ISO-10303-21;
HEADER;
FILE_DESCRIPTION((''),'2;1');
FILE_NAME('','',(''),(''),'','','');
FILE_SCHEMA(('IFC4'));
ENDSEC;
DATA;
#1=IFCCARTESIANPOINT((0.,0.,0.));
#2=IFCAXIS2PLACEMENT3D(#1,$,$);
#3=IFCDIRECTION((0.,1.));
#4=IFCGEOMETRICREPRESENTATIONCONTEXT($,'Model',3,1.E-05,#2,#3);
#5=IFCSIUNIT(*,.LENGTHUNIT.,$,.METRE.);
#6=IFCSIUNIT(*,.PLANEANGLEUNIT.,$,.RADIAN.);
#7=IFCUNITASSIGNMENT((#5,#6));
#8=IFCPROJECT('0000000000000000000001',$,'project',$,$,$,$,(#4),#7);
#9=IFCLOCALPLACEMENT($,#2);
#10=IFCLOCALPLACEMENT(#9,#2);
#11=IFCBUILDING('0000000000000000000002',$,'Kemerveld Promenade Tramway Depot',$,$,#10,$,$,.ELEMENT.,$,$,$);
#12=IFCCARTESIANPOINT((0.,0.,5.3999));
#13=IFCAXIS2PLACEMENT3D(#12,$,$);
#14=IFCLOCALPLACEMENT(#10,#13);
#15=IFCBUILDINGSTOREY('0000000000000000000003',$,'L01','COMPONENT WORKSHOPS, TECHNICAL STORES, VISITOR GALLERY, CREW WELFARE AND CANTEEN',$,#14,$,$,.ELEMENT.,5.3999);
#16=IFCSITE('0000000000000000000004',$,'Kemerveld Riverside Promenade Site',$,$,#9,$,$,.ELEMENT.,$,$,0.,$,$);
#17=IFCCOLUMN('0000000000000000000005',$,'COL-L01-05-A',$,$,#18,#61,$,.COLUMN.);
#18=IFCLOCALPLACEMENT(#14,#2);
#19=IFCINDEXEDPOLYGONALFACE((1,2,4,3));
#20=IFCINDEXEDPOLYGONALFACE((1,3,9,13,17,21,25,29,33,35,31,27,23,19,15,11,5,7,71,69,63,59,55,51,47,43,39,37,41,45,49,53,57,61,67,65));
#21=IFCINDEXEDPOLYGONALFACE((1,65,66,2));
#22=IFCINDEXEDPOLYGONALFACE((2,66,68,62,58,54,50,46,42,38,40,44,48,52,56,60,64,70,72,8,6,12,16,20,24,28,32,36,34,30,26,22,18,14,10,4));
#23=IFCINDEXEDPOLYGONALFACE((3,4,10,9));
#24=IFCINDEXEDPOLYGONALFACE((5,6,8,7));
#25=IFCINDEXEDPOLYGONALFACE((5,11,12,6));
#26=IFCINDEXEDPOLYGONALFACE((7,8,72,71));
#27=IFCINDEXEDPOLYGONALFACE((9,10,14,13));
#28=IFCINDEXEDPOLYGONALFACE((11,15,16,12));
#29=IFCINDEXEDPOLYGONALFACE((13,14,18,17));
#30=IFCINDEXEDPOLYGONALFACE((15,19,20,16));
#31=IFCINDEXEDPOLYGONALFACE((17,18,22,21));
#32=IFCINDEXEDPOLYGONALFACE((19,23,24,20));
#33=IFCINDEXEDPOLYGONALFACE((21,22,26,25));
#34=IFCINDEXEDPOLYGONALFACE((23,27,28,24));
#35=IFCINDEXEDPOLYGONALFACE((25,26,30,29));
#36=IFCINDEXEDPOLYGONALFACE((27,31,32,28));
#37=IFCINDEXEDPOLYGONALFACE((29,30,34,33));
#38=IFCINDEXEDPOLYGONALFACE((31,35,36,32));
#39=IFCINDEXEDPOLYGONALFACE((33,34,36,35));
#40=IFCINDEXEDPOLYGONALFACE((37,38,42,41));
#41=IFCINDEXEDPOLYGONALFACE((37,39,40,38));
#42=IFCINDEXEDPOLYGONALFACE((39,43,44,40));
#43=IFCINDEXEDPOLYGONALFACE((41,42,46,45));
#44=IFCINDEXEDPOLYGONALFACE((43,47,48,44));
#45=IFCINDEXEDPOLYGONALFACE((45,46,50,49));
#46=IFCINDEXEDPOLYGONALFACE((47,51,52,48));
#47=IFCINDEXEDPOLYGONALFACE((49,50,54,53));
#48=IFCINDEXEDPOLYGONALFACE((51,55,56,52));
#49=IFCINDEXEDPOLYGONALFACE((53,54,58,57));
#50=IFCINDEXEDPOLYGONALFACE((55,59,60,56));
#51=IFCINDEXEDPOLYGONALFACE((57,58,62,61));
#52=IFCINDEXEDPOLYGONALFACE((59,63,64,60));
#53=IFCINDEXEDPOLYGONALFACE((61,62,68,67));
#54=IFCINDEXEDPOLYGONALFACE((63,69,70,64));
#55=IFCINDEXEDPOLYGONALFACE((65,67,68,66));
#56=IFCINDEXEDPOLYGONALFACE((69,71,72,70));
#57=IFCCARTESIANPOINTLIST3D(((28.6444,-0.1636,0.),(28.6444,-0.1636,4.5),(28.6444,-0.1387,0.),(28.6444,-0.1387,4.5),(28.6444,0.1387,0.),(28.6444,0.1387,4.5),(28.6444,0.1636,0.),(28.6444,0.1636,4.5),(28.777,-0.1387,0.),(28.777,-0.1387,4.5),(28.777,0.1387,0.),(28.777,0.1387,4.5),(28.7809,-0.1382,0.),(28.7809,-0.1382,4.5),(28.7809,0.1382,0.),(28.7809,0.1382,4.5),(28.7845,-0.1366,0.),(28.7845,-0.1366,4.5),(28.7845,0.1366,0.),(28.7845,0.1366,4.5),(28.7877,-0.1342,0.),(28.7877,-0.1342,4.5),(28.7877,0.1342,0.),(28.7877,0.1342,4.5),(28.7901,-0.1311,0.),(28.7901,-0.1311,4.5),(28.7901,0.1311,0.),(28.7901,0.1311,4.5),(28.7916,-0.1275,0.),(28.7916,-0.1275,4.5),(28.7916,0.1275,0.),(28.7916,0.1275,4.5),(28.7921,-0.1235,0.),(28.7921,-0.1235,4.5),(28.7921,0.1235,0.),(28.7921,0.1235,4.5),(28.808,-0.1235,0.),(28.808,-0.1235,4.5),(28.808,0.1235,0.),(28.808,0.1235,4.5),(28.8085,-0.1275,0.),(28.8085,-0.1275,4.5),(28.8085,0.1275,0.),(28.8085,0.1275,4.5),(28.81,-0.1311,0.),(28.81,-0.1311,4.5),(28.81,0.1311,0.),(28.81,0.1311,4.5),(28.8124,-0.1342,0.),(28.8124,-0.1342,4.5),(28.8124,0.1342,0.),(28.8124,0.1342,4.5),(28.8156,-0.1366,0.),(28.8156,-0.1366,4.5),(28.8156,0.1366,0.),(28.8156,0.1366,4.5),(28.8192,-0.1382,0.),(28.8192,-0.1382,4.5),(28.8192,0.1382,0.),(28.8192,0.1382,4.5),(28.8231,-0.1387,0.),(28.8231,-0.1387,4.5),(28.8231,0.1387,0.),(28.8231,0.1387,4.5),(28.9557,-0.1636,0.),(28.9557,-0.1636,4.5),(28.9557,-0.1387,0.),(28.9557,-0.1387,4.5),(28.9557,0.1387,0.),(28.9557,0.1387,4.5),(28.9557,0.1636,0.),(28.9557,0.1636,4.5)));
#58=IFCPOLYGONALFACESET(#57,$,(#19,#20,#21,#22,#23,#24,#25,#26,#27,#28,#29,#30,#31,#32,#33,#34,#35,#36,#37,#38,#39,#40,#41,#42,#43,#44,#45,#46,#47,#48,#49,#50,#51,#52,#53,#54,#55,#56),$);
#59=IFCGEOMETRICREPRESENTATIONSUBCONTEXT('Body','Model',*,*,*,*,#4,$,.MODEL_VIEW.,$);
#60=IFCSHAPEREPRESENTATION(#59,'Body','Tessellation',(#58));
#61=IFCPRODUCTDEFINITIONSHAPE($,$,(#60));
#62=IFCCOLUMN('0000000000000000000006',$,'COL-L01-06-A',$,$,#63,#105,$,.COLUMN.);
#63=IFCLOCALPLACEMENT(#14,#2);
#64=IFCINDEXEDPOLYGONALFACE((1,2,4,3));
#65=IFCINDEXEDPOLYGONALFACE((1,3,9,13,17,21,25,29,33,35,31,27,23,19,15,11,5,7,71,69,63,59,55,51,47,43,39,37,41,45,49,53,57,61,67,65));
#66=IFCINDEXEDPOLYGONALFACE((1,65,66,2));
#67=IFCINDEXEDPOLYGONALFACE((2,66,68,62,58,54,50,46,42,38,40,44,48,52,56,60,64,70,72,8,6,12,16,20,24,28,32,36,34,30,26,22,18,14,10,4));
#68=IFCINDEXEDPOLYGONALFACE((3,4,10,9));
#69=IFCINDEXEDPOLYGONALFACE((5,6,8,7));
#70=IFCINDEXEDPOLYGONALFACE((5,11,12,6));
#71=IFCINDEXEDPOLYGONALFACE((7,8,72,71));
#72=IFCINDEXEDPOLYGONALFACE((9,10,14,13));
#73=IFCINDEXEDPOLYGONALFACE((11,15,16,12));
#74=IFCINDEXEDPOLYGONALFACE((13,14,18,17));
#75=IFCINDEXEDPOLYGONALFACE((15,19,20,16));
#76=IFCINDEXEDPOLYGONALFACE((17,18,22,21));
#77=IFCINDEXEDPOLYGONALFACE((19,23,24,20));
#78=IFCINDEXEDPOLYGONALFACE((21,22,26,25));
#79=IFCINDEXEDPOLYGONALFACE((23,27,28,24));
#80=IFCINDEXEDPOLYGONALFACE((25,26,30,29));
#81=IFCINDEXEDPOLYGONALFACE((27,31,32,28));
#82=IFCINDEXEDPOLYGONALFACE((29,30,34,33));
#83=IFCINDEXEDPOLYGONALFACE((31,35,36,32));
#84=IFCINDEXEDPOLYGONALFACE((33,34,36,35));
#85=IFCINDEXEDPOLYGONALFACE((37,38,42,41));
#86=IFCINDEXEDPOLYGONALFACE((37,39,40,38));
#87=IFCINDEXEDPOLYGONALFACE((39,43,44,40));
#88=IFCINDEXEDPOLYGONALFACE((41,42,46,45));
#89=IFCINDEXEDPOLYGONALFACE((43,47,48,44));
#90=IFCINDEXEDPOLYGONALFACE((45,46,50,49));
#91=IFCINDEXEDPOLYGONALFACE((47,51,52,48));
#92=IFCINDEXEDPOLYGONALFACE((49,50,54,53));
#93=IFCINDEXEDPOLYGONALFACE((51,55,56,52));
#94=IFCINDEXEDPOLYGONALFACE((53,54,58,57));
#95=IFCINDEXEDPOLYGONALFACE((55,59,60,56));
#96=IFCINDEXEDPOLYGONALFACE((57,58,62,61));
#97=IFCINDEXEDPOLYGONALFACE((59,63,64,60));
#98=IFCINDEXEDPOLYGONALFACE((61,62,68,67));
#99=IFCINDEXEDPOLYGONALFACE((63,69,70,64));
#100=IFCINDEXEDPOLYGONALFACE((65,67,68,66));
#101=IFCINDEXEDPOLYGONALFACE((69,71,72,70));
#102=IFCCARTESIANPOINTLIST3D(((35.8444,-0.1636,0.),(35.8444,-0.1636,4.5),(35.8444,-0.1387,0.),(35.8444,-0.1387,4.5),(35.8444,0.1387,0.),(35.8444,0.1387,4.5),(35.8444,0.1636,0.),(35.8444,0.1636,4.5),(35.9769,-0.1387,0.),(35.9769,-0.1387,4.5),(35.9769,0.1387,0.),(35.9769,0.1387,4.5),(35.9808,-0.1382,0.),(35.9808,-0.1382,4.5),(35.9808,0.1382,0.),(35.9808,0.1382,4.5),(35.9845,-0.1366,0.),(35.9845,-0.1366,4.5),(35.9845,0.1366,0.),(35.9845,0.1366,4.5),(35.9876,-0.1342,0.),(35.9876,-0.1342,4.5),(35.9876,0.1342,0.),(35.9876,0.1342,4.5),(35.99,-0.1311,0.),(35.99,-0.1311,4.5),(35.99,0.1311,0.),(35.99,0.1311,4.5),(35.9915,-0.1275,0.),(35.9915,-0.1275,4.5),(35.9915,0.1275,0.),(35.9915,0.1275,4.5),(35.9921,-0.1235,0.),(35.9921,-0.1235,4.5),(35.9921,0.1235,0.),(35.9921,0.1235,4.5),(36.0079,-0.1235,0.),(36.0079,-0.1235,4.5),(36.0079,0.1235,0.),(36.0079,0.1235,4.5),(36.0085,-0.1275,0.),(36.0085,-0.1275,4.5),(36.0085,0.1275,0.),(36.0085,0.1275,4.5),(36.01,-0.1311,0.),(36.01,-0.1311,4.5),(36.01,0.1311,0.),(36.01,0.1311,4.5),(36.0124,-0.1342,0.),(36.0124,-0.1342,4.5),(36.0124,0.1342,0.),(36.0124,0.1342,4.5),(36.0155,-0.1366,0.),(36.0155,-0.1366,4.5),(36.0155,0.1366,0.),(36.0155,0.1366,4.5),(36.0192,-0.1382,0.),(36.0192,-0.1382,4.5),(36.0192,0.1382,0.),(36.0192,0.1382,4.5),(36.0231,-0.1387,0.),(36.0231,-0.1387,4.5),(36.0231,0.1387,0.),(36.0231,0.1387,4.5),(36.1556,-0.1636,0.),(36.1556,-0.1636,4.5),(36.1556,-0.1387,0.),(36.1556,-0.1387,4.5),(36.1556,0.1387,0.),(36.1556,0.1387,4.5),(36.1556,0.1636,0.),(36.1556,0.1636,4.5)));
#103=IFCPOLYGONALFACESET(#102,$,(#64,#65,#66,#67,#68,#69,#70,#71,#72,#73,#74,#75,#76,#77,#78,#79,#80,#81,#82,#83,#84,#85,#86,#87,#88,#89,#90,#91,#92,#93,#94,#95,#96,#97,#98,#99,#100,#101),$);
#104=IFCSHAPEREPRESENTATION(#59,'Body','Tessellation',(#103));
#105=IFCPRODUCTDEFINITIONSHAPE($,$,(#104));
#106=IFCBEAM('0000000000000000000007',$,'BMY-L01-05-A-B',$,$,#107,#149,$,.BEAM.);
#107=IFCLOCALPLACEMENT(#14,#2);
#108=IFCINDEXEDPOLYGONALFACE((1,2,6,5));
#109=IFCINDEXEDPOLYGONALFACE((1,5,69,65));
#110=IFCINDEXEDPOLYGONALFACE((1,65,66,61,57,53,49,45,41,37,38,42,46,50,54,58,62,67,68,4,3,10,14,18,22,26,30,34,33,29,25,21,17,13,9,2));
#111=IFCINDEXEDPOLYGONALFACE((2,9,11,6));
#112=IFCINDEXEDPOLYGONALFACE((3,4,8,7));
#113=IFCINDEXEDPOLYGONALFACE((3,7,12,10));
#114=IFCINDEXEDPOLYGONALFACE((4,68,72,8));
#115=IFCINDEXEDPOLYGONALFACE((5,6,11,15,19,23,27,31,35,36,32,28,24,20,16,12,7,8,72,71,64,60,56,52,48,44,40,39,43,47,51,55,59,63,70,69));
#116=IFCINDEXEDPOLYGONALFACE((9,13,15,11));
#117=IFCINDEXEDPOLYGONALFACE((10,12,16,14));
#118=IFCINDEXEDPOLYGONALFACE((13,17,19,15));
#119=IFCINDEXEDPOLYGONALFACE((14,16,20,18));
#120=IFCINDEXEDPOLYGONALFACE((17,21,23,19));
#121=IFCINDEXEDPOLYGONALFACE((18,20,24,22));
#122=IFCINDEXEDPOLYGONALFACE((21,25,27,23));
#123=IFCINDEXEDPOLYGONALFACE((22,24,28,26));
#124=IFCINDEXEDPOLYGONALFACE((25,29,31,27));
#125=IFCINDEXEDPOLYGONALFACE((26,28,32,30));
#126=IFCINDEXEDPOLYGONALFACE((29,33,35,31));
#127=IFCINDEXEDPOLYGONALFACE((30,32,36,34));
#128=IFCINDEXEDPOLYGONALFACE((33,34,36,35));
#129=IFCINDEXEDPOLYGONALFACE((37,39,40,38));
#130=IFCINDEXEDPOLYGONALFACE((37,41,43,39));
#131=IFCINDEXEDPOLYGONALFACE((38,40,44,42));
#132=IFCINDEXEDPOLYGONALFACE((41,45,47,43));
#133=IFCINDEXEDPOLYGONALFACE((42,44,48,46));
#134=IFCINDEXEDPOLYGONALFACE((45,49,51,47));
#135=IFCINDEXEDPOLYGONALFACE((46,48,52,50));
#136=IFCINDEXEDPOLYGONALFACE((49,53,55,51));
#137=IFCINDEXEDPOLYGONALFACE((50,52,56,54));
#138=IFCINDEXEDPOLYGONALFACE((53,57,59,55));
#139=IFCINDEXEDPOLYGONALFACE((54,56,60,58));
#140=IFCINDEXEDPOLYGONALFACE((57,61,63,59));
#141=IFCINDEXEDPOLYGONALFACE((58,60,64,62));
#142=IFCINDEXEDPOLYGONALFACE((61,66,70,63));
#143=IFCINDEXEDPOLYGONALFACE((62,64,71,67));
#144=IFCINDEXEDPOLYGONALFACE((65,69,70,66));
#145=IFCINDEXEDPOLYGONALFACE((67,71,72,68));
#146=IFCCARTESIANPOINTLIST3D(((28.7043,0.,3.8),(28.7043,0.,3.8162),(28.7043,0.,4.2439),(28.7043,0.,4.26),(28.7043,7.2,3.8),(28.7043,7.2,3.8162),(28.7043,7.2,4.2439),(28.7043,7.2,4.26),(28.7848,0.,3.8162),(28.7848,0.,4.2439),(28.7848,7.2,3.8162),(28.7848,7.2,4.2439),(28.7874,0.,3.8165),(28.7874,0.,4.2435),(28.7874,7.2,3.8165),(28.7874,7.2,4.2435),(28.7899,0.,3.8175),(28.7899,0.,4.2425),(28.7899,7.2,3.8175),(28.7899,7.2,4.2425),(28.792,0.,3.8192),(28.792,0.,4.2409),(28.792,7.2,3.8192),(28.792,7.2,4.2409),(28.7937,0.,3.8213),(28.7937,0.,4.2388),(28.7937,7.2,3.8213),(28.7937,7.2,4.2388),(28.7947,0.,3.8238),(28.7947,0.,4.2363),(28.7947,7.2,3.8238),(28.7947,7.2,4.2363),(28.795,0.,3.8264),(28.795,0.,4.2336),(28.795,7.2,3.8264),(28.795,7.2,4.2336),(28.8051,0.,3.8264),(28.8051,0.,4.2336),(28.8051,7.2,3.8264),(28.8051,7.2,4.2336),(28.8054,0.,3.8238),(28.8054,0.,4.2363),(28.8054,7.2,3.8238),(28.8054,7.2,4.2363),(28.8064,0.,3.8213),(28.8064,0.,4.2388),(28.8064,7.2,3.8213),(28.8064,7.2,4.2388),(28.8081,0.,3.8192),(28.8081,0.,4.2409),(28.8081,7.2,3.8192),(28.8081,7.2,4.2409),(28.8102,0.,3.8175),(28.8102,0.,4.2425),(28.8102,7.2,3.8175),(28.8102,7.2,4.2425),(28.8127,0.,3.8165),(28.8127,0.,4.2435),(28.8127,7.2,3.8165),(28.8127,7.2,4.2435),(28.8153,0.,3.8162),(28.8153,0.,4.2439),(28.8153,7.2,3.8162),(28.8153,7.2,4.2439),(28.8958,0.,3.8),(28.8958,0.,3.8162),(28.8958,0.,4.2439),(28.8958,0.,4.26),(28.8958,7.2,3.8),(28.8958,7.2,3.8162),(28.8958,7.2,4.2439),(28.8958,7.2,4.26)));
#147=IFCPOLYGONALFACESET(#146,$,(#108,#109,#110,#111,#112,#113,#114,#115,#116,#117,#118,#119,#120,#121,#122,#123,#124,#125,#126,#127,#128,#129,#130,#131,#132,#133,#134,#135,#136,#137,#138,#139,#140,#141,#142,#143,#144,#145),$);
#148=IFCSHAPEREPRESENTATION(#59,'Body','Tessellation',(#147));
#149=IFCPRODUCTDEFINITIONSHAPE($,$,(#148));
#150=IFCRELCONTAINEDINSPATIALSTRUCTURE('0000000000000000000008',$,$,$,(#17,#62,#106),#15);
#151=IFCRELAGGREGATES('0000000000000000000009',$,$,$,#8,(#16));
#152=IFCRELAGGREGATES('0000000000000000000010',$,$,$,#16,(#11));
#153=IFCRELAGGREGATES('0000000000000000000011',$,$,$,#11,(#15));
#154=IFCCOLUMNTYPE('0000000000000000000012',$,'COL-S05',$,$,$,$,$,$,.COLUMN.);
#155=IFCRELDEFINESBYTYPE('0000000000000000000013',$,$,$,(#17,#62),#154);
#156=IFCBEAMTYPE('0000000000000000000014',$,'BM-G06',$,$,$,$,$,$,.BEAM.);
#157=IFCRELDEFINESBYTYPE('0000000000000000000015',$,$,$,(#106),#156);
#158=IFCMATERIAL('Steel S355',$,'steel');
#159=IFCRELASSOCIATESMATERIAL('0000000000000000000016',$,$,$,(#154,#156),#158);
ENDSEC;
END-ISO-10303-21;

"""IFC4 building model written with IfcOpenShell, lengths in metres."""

from ifc_helpers import new_model, si_unit, direction, frame, origin, origin_2d, place, context, subcontext, project, spatial, i_section, extrude, material, material_profile, profile_set, type_object, element, save


model = new_model("IFC4")

# Units and contexts
model_context = context("Model", 3, precision=1e-05, world=origin(), true_north=direction((0.0, 1.0)))
body_context = subcontext(model_context, "Body", "Model", "MODEL_VIEW")
ifc_project = project(units=[si_unit("LENGTHUNIT", "METRE"), si_unit("PLANEANGLEUNIT", "RADIAN")], contexts=[model_context])

# Site, building, storey
site_placement = place(None, origin())
site = spatial("IfcSite", under=ifc_project, at=site_placement, Name="Kemerveld Riverside Promenade Site", CompositionType="ELEMENT", RefElevation=0.0)
building_placement = place(site_placement, origin())
building = spatial("IfcBuilding", under=site, at=building_placement, Name="Kemerveld Promenade Tramway Depot", CompositionType="ELEMENT")
storey_placement = place(building_placement, frame((0.0, 0.0, 5.3999)))
storey = spatial("IfcBuildingStorey", under=building, at=storey_placement, Name="L01", Description="COMPONENT WORKSHOPS, TECHNICAL STORES, VISITOR GALLERY, CREW WELFARE AND CANTEEN", CompositionType="ELEMENT", Elevation=5.3999)

# Columns
ifc_material_1 = material(Name="Steel S355", Category="steel")
ifc_material_profile_1 = material_profile(ifc_material_1, i_section(OverallWidth=0.3113, OverallDepth=0.3271, WebThickness=0.0159, FlangeThickness=0.0249, FilletRadius=0.0151, at=origin_2d()), Name="305x305x158 UC")
ifc_profile_set_1 = profile_set([ifc_material_profile_1], Name="Steel S355")
column_type = type_object("IfcColumnType", Name="COL-S05", PredefinedType="COLUMN", material=ifc_profile_set_1)
for number, where, z_axis, x_axis, name in (
    (1, (28.8, 0.0, 0.0), (0.0, 0.0, 1.0), (1.0, 0.0, 0.0), "COL-L01-05-A"),
    (2, (36.0, 0.0, 0.0), (0.0, 0.0, 1.0), (1.0, 0.0, 0.0), "COL-L01-06-A"),
):
    element("IfcColumn", number, at=place(storey_placement, frame(where, z_axis=z_axis, x_axis=x_axis)), inside=storey, type_object=column_type, Name=name, PredefinedType="COLUMN", context=body_context, shape_type="SweptSolid", body=[
        extrude(i_section(OverallWidth=0.3113, OverallDepth=0.3271, WebThickness=0.0159, FlangeThickness=0.0249, FilletRadius=0.0151, at=origin_2d()), origin(), (0.0, 0.0, 1.0), 4.5),
    ])

# Beam
ifc_material_profile_2 = material_profile(ifc_material_1, i_section(OverallWidth=0.1914, OverallDepth=0.46, WebThickness=0.01, FlangeThickness=0.0161, FilletRadius=0.0103, at=origin_2d()), Name="457x191x82 UB")
ifc_profile_set_2 = profile_set([ifc_material_profile_2], Name="Steel S355")
beam_type_1 = type_object("IfcBeamType", Name="BM-G06", PredefinedType="BEAM", material=ifc_profile_set_2)
beam_1_placement = place(storey_placement, frame((28.8, 0.0, 4.03), z_axis=(0.0, 1.0, 0.0), x_axis=(-1.0, 0.0, 0.0)))
element("IfcBeam", 3, at=beam_1_placement, inside=storey, type_object=beam_type_1, Name="BMY-L01-05-A-B", PredefinedType="BEAM", context=body_context, shape_type="SweptSolid", body=[
    extrude(i_section(OverallWidth=0.1914, OverallDepth=0.46, WebThickness=0.01, FlangeThickness=0.0161, FilletRadius=0.0103, at=origin_2d()), origin(), (0.0, 0.0, 1.0), 7.2),
])

save(model, "model.ifc")
